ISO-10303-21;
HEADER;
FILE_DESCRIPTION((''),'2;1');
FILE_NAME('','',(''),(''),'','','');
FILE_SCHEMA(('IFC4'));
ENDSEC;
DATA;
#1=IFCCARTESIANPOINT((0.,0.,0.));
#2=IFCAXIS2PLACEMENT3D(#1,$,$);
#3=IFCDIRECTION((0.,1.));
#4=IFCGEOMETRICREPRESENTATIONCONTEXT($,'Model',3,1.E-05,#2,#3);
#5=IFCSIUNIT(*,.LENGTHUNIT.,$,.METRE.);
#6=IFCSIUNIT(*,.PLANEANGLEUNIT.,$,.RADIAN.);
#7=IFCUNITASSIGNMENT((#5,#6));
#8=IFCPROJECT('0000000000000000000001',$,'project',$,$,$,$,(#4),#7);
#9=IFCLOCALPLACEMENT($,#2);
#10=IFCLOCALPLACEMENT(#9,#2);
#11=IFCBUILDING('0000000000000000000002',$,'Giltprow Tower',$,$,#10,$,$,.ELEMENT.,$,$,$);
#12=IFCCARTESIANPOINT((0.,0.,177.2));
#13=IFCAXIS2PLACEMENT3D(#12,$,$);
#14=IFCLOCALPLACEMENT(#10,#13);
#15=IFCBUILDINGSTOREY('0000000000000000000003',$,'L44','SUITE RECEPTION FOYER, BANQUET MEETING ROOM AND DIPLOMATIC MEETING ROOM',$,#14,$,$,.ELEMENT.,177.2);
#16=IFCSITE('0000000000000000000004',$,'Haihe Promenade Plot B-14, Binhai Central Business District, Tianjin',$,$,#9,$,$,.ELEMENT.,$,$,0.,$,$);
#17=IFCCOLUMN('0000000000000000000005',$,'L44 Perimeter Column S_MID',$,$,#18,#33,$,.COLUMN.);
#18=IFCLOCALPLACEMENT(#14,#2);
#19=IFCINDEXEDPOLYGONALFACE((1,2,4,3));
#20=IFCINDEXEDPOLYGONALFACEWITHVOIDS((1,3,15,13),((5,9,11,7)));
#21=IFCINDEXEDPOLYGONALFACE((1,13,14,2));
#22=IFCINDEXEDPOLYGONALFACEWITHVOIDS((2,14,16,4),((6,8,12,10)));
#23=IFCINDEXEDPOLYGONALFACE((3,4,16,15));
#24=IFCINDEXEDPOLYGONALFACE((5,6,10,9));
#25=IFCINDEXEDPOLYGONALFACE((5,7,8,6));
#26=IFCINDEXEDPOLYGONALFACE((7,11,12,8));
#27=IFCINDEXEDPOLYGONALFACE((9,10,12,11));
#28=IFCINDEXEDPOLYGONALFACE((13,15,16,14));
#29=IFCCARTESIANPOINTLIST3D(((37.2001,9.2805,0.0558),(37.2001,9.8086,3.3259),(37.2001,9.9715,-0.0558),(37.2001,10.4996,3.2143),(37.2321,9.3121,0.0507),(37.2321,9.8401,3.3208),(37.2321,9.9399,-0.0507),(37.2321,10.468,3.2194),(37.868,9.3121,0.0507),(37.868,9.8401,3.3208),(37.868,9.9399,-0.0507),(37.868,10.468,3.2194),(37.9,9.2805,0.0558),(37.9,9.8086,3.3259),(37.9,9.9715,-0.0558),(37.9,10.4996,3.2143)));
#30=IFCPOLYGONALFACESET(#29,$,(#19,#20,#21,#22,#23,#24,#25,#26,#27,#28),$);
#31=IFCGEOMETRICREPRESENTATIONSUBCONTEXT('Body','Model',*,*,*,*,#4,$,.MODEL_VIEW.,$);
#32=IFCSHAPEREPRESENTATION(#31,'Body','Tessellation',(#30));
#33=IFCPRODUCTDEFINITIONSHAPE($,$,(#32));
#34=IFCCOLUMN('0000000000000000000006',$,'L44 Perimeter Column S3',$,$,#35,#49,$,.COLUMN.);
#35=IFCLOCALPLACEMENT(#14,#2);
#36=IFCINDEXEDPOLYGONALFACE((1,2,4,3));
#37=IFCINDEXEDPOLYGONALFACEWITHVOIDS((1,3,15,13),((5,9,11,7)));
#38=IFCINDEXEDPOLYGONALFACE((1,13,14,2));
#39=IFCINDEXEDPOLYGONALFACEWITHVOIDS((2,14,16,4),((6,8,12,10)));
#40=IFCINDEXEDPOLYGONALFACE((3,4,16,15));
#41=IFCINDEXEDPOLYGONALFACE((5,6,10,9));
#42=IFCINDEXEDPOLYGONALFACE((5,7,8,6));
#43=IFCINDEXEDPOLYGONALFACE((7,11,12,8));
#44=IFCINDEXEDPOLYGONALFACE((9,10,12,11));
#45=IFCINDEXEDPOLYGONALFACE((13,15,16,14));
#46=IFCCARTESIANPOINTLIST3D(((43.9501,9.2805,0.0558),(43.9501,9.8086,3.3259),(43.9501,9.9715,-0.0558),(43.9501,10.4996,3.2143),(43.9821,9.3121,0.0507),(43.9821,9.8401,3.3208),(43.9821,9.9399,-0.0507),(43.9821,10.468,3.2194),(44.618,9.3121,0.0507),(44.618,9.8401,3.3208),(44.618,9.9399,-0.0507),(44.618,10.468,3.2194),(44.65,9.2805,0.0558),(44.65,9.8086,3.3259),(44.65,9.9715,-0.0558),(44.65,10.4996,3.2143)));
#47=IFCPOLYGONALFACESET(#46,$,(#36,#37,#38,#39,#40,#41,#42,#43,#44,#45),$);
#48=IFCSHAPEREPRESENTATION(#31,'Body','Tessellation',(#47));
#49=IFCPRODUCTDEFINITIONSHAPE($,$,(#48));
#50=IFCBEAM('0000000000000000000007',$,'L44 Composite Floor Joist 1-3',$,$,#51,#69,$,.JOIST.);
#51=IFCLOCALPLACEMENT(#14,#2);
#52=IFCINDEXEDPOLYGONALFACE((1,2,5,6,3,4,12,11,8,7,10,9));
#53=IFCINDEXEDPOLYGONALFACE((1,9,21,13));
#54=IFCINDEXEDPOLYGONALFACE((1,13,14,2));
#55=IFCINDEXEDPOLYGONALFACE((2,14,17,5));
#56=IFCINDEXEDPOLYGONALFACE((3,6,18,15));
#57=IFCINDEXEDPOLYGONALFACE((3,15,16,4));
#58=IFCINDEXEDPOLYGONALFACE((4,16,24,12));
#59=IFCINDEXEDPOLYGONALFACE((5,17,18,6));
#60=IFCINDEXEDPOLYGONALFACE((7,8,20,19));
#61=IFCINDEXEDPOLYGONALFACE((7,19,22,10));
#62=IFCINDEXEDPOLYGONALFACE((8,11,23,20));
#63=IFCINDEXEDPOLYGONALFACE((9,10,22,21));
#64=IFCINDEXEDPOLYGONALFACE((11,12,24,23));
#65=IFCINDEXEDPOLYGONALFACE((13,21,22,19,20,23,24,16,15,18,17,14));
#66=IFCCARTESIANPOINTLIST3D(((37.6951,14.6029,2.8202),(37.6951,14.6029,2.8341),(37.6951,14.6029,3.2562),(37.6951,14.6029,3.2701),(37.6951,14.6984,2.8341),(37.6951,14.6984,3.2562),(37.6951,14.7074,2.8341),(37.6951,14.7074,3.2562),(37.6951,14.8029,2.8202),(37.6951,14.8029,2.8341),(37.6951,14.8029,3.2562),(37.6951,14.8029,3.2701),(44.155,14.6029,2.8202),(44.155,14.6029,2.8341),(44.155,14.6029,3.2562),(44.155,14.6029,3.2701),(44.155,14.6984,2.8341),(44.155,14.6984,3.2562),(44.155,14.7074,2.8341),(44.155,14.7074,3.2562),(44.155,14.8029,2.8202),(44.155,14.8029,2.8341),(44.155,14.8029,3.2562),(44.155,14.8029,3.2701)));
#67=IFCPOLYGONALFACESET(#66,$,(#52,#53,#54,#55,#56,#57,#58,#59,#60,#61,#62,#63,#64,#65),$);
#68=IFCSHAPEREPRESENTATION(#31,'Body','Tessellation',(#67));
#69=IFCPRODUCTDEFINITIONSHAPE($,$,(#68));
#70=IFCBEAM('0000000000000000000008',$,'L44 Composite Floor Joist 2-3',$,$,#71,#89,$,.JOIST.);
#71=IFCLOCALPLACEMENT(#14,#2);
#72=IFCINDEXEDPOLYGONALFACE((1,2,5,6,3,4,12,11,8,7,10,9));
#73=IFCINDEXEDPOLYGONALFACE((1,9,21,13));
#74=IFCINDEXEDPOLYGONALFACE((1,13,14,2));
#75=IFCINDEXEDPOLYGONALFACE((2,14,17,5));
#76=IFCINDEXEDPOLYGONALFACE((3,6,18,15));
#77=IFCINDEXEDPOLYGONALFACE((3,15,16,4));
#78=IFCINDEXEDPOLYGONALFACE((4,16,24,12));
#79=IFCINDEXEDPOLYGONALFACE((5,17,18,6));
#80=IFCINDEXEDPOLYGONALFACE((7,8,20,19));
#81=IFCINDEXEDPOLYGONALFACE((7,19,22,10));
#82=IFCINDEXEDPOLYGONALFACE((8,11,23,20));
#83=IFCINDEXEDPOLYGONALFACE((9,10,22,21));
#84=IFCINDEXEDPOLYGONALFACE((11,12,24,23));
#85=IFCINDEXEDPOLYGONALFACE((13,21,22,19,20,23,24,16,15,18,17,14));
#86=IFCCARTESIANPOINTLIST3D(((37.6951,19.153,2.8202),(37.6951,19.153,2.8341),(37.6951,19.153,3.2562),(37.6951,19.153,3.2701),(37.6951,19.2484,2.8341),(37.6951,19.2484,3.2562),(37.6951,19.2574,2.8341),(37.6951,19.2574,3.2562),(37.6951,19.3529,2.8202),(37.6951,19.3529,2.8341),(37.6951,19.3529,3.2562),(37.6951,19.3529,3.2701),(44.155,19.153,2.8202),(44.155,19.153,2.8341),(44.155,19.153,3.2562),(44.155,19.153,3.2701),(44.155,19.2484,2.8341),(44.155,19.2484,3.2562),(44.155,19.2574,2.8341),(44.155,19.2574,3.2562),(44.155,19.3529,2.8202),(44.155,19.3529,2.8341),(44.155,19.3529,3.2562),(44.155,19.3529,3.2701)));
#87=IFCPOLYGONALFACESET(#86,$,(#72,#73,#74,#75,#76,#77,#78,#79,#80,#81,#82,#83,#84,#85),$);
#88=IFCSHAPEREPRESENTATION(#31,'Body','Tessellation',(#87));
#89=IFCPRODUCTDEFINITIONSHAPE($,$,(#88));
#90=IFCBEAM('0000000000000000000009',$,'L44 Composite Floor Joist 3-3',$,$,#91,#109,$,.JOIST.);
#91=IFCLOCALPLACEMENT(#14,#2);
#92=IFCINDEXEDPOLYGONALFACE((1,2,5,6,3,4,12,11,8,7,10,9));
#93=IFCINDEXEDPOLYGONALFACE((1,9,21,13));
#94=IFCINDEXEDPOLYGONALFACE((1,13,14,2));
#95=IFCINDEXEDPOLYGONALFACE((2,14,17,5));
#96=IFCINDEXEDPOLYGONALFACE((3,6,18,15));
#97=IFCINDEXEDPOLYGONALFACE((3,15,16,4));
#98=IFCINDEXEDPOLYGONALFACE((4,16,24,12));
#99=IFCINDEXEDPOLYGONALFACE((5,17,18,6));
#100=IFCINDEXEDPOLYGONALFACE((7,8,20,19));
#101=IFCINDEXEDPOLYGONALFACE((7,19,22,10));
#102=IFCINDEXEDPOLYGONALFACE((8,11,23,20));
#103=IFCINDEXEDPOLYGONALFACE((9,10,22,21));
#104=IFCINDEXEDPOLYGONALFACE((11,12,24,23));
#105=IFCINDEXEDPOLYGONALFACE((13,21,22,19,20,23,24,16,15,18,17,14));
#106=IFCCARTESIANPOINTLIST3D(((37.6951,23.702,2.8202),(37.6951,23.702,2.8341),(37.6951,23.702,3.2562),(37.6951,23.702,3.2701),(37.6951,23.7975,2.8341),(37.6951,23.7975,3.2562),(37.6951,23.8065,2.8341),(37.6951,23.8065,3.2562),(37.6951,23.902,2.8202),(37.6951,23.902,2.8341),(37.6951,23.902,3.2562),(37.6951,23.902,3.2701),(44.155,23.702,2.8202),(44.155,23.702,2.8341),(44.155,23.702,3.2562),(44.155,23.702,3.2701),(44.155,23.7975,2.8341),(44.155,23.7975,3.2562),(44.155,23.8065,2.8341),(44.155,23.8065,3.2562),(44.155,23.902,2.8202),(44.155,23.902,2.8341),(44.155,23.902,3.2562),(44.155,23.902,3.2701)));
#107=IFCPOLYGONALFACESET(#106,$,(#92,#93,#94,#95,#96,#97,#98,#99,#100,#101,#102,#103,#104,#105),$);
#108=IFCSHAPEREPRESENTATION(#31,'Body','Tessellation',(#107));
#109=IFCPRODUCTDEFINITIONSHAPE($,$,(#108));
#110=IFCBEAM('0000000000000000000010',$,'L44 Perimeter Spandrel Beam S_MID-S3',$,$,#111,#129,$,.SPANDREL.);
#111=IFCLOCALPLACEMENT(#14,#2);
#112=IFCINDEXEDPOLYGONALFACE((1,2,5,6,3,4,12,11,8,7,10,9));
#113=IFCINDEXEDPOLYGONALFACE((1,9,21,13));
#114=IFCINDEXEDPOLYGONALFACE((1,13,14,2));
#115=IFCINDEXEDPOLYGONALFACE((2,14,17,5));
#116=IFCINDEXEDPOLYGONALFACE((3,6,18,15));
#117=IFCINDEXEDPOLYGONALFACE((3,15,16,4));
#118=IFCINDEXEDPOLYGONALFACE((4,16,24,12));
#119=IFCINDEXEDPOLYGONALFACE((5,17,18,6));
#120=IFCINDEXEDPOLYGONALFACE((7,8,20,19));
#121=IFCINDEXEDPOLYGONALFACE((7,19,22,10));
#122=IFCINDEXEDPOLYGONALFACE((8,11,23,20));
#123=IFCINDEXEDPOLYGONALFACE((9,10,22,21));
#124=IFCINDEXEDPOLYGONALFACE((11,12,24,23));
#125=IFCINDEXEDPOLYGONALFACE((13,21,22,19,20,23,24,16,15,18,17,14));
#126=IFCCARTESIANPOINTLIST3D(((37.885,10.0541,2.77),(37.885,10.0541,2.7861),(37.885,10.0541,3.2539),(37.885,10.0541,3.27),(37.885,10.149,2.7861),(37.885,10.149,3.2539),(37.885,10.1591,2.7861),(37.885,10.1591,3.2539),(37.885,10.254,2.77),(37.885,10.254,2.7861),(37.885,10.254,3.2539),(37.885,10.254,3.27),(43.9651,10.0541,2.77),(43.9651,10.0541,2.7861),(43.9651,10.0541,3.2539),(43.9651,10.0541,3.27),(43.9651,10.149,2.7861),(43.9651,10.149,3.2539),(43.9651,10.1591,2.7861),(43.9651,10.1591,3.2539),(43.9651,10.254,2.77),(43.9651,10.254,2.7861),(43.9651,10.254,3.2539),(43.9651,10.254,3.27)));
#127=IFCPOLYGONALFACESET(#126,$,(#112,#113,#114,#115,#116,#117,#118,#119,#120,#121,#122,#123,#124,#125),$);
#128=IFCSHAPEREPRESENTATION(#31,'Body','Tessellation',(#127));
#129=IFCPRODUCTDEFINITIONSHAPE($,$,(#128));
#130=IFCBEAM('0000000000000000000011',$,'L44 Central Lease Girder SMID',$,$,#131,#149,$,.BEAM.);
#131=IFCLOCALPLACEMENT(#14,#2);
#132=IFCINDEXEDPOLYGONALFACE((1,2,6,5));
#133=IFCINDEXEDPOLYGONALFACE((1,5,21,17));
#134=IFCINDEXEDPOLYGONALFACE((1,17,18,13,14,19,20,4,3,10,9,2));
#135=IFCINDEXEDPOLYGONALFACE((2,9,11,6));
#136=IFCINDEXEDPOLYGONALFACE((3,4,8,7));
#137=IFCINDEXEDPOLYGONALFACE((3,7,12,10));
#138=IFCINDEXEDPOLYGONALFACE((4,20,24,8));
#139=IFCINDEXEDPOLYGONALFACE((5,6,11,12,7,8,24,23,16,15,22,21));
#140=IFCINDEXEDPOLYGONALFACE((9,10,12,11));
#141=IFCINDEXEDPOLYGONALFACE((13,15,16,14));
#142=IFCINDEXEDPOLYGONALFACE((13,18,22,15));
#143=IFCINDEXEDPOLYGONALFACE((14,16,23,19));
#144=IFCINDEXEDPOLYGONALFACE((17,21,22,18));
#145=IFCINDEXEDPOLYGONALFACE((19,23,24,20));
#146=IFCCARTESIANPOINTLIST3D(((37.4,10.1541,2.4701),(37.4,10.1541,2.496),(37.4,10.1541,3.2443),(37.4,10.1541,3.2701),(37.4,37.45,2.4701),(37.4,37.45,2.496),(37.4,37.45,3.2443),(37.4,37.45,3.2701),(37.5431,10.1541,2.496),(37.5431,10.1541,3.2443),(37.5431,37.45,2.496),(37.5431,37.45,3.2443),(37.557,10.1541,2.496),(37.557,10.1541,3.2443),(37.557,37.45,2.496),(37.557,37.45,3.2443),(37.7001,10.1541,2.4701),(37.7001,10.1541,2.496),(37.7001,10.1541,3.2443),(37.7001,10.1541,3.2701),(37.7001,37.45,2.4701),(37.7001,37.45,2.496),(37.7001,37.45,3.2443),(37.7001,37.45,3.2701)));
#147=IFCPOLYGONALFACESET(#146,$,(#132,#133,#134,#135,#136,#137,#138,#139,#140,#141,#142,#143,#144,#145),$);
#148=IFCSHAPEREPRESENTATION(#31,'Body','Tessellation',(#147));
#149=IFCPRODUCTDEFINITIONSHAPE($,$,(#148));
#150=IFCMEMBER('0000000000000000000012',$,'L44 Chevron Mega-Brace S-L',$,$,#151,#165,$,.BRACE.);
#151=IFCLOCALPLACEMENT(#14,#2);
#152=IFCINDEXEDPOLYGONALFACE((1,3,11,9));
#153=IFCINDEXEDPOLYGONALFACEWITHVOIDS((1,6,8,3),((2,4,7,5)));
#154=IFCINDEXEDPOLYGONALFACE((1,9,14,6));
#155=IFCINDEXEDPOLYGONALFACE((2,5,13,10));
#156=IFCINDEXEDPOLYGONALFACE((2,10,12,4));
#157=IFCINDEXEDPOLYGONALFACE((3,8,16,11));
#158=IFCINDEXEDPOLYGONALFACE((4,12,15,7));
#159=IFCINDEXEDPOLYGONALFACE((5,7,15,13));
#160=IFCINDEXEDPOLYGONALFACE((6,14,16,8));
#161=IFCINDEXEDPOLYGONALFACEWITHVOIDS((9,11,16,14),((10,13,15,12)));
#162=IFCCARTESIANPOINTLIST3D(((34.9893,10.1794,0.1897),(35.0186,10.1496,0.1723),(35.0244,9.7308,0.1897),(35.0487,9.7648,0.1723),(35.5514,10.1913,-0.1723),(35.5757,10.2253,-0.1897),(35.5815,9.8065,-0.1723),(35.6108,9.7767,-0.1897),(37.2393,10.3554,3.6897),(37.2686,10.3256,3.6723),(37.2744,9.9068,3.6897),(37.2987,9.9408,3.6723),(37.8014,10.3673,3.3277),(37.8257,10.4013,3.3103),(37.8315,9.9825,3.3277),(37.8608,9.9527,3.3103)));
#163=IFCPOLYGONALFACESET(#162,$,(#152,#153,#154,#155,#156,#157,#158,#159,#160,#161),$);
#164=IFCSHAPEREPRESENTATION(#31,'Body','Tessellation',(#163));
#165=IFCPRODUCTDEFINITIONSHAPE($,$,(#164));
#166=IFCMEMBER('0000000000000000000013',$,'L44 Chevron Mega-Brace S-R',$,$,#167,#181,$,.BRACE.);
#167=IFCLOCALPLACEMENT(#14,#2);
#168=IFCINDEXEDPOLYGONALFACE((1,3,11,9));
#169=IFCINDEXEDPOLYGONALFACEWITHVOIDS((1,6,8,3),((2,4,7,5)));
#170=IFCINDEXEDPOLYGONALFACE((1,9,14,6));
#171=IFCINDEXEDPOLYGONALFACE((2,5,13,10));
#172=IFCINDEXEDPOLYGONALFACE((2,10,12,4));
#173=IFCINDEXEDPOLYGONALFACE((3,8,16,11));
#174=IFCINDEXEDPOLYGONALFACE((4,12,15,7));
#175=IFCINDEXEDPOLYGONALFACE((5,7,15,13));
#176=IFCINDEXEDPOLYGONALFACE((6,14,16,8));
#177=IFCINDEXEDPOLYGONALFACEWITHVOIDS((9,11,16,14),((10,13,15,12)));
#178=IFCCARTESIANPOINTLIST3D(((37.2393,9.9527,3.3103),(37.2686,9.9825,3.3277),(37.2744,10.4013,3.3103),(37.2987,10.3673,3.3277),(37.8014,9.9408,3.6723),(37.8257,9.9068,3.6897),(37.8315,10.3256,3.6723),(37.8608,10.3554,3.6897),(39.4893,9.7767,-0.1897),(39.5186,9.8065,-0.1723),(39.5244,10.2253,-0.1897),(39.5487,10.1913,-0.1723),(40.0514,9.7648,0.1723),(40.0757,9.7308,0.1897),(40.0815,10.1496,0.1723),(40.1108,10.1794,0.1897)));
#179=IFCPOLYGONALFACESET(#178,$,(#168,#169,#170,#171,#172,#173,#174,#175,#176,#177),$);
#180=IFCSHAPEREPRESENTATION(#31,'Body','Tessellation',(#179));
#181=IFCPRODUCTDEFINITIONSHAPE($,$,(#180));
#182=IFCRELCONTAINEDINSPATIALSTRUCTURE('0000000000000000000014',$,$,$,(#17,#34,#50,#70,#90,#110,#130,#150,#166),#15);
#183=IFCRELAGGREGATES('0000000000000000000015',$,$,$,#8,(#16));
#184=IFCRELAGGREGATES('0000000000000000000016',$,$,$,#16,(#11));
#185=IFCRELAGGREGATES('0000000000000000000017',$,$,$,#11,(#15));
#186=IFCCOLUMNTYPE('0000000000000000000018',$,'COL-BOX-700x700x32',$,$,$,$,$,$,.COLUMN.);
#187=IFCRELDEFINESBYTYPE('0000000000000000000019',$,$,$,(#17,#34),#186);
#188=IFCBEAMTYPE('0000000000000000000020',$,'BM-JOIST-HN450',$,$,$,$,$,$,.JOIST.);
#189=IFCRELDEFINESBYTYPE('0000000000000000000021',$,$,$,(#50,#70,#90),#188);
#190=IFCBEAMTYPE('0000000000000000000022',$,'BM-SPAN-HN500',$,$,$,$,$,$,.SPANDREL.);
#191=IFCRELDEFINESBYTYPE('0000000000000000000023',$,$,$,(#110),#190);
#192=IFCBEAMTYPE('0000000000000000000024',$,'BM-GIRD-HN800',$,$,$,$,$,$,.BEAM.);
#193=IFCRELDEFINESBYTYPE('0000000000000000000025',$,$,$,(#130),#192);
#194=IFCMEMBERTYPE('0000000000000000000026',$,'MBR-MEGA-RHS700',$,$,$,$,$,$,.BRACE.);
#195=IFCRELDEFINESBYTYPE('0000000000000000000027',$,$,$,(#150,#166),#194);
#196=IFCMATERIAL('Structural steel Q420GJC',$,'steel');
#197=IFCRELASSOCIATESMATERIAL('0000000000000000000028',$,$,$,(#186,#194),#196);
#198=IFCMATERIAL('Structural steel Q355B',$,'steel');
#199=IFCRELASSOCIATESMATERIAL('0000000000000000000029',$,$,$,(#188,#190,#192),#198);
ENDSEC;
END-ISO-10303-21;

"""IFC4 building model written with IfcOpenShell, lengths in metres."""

from ifc_helpers import new_model, si_unit, direction, frame, origin, origin_2d, place, context, subcontext, project, spatial, hollow_rectangle, i_section, extrude, source, transform, mapped, material, material_profile, profile_set, type_object, element, save


model = new_model("IFC4")

# Units and contexts
model_context = context("Model", 3, precision=1e-05, world=origin(), true_north=direction((0.0, 1.0)))
body_context = subcontext(model_context, "Body", "Model", "MODEL_VIEW")
ifc_project = project(units=[si_unit("LENGTHUNIT", "METRE"), si_unit("PLANEANGLEUNIT", "RADIAN")], contexts=[model_context])

# Site, building, storey
site_placement = place(None, origin())
site = spatial("IfcSite", under=ifc_project, at=site_placement, Name="Haihe Promenade Plot B-14, Binhai Central Business District, Tianjin", CompositionType="ELEMENT", RefElevation=0.0)
building_placement = place(site_placement, origin())
building = spatial("IfcBuilding", under=site, at=building_placement, Name="Giltprow Tower", CompositionType="ELEMENT")
storey_placement = place(building_placement, frame((0.0, 0.0, 177.2)))
storey = spatial("IfcBuildingStorey", under=building, at=storey_placement, Name="L44", Description="SUITE RECEPTION FOYER, BANQUET MEETING ROOM AND DIPLOMATIC MEETING ROOM", CompositionType="ELEMENT", Elevation=177.2)

# Columns
ifc_material_1 = material(Name="Structural steel Q420GJC", Category="steel")
ifc_material_profile_1 = material_profile(ifc_material_1, hollow_rectangle(XDim=0.7, YDim=0.7, WallThickness=0.032, at=origin_2d()), Name="BOX 700x700x32")
ifc_profile_set_1 = profile_set([ifc_material_profile_1], Name="Structural steel Q420GJC")
column_type = type_object("IfcColumnType", Name="COL-BOX-700x700x32", PredefinedType="COLUMN", material=ifc_profile_set_1)
shared_shape_1 = source(origin(), body_context, "Body", "SweptSolid", [
    extrude(hollow_rectangle(XDim=0.7, YDim=0.7, WallThickness=0.032, at=origin_2d()), origin(), (0.0, 0.0, 1.0), 3.3125),
])
for number, where, z_axis, x_axis, name in (
    (1, (37.55, 9.626, 0.0), (0.0, 0.159425, 0.98721), (-1.0, 0.0, 0.0), "L44 Perimeter Column S_MID"),
    (2, (44.3, 9.626, 0.0), (0.0, 0.159425, 0.98721), (-1.0, 0.0, 0.0), "L44 Perimeter Column S3"),
):
    element("IfcColumn", number, at=place(storey_placement, frame(where, z_axis=z_axis, x_axis=x_axis)), inside=storey, type_object=column_type, Name=name, PredefinedType="COLUMN", context=body_context, shape_type="MappedRepresentation", body=[
        mapped(shared_shape_1, transform((0.0, 0.0, 0.0), x_axis=(1.0, 0.0, 0.0), y_axis=(0.0, 1.0, 0.0), z_axis=(0.0, 0.0, 1.0), scale=1.0)),
    ])

# Beams
ifc_material_2 = material(Name="Structural steel Q355B", Category="steel")
ifc_material_profile_2 = material_profile(ifc_material_2, i_section(OverallWidth=0.2, OverallDepth=0.45, WebThickness=0.009, FlangeThickness=0.0139, at=origin_2d()), Name="HN 450x200x9x14")
ifc_profile_set_2 = profile_set([ifc_material_profile_2], Name="Structural steel Q355B")
beam_type_1 = type_object("IfcBeamType", Name="BM-JOIST-HN450", PredefinedType="JOIST", material=ifc_profile_set_2)
shared_shape_2 = source(origin(), body_context, "Body", "SweptSolid", [
    extrude(i_section(OverallWidth=0.2, OverallDepth=0.45, WebThickness=0.009, FlangeThickness=0.0139, at=origin_2d()), origin(), (0.0, 0.0, 1.0), 6.46),
])
for number, where, z_axis, x_axis, name in (
    (3, (37.6951, 14.7029, 3.0452), (1.0, 0.0, 0.0), (0.0, 1.0, 0.0), "L44 Composite Floor Joist 1-3"),
    (4, (37.6951, 19.2529, 3.0452), (1.0, 0.0, 0.0), (0.0, 1.0, 0.0), "L44 Composite Floor Joist 2-3"),
    (5, (37.6951, 23.802, 3.0452), (1.0, 0.0, 0.0), (0.0, 1.0, 0.0), "L44 Composite Floor Joist 3-3"),
):
    element("IfcBeam", number, at=place(storey_placement, frame(where, z_axis=z_axis, x_axis=x_axis)), inside=storey, type_object=beam_type_1, Name=name, PredefinedType="JOIST", context=body_context, shape_type="MappedRepresentation", body=[
        mapped(shared_shape_2, transform((0.0, 0.0, 0.0), x_axis=(1.0, 0.0, 0.0), y_axis=(0.0, 1.0, 0.0), z_axis=(0.0, 0.0, 1.0), scale=1.0)),
    ])
ifc_material_profile_3 = material_profile(ifc_material_2, i_section(OverallWidth=0.2, OverallDepth=0.5, WebThickness=0.01, FlangeThickness=0.0161, at=origin_2d()), Name="HN 500x200x10x16")
ifc_profile_set_3 = profile_set([ifc_material_profile_3], Name="Structural steel Q355B")
beam_type_2 = type_object("IfcBeamType", Name="BM-SPAN-HN500", PredefinedType="SPANDREL", material=ifc_profile_set_3)
shared_shape_3 = source(origin(), body_context, "Body", "SweptSolid", [
    extrude(i_section(OverallWidth=0.2, OverallDepth=0.5, WebThickness=0.01, FlangeThickness=0.0161, at=origin_2d()), origin(), (0.0, 0.0, 1.0), 6.0801),
])
beam_1_placement = place(storey_placement, frame((37.885, 10.1541, 3.02), z_axis=(1.0, 0.0, 0.0), x_axis=(0.0, 1.0, 0.0)))
element("IfcBeam", 6, at=beam_1_placement, inside=storey, type_object=beam_type_2, Name="L44 Perimeter Spandrel Beam S_MID-S3", PredefinedType="SPANDREL", context=body_context, shape_type="MappedRepresentation", body=[
    mapped(shared_shape_3, transform((0.0, 0.0, 0.0), x_axis=(1.0, 0.0, 0.0), y_axis=(0.0, 1.0, 0.0), z_axis=(0.0, 0.0, 1.0), scale=1.0)),
])
ifc_material_profile_4 = material_profile(ifc_material_2, i_section(OverallWidth=0.3, OverallDepth=0.8, WebThickness=0.0139, FlangeThickness=0.0259, at=origin_2d()), Name="HN 800x300x14x26")
ifc_profile_set_4 = profile_set([ifc_material_profile_4], Name="Structural steel Q355B")
beam_type_3 = type_object("IfcBeamType", Name="BM-GIRD-HN800", PredefinedType="BEAM", material=ifc_profile_set_4)
shared_shape_4 = source(origin(), body_context, "Body", "SweptSolid", [
    extrude(i_section(OverallWidth=0.3, OverallDepth=0.8, WebThickness=0.0139, FlangeThickness=0.0259, at=origin_2d()), origin(), (0.0, 0.0, 1.0), 27.2959),
])
beam_2_placement = place(storey_placement, frame((37.55, 10.1541, 2.8701), z_axis=(0.0, 1.0, 0.0), x_axis=(-1.0, 0.0, 0.0)))
element("IfcBeam", 7, at=beam_2_placement, inside=storey, type_object=beam_type_3, Name="L44 Central Lease Girder SMID", PredefinedType="BEAM", context=body_context, shape_type="MappedRepresentation", body=[
    mapped(shared_shape_4, transform((0.0, 0.0, 0.0), x_axis=(1.0, 0.0, 0.0), y_axis=(0.0, 1.0, 0.0), z_axis=(0.0, 0.0, 1.0), scale=1.0)),
])

# Members
ifc_material_profile_5 = material_profile(ifc_material_1, hollow_rectangle(XDim=0.45, YDim=0.7, WallThickness=0.032, at=origin_2d()), Name="RHS 700x450x32")
ifc_profile_set_5 = profile_set([ifc_material_profile_5], Name="Structural steel Q420GJC")
member_type = type_object("IfcMemberType", Name="MBR-MEGA-RHS700", PredefinedType="BRACE", material=ifc_profile_set_5)
shared_shape_5 = source(origin(), body_context, "Body", "SweptSolid", [
    extrude(hollow_rectangle(XDim=0.45, YDim=0.7, WallThickness=0.032, at=origin_2d()), origin(), (0.0, 0.0, 1.0), 4.1646),
])
for number, where, z_axis, x_axis, name in (
    (8, (35.3, 9.978, 0.0), (0.540274, 0.042268, 0.840427), (-0.077995, 0.996954, 0.0), "L44 Chevron Mega-Brace S-L"),
    (9, (39.8, 9.978, 0.0), (-0.540274, 0.042268, 0.840427), (-0.077995, -0.996954, 0.0), "L44 Chevron Mega-Brace S-R"),
):
    element("IfcMember", number, at=place(storey_placement, frame(where, z_axis=z_axis, x_axis=x_axis)), inside=storey, type_object=member_type, Name=name, PredefinedType="BRACE", context=body_context, shape_type="MappedRepresentation", body=[
        mapped(shared_shape_5, transform((0.0, 0.0, 0.0), x_axis=(1.0, 0.0, 0.0), y_axis=(0.0, 1.0, 0.0), z_axis=(0.0, 0.0, 1.0), scale=1.0)),
    ])

save(model, "model.ifc")
